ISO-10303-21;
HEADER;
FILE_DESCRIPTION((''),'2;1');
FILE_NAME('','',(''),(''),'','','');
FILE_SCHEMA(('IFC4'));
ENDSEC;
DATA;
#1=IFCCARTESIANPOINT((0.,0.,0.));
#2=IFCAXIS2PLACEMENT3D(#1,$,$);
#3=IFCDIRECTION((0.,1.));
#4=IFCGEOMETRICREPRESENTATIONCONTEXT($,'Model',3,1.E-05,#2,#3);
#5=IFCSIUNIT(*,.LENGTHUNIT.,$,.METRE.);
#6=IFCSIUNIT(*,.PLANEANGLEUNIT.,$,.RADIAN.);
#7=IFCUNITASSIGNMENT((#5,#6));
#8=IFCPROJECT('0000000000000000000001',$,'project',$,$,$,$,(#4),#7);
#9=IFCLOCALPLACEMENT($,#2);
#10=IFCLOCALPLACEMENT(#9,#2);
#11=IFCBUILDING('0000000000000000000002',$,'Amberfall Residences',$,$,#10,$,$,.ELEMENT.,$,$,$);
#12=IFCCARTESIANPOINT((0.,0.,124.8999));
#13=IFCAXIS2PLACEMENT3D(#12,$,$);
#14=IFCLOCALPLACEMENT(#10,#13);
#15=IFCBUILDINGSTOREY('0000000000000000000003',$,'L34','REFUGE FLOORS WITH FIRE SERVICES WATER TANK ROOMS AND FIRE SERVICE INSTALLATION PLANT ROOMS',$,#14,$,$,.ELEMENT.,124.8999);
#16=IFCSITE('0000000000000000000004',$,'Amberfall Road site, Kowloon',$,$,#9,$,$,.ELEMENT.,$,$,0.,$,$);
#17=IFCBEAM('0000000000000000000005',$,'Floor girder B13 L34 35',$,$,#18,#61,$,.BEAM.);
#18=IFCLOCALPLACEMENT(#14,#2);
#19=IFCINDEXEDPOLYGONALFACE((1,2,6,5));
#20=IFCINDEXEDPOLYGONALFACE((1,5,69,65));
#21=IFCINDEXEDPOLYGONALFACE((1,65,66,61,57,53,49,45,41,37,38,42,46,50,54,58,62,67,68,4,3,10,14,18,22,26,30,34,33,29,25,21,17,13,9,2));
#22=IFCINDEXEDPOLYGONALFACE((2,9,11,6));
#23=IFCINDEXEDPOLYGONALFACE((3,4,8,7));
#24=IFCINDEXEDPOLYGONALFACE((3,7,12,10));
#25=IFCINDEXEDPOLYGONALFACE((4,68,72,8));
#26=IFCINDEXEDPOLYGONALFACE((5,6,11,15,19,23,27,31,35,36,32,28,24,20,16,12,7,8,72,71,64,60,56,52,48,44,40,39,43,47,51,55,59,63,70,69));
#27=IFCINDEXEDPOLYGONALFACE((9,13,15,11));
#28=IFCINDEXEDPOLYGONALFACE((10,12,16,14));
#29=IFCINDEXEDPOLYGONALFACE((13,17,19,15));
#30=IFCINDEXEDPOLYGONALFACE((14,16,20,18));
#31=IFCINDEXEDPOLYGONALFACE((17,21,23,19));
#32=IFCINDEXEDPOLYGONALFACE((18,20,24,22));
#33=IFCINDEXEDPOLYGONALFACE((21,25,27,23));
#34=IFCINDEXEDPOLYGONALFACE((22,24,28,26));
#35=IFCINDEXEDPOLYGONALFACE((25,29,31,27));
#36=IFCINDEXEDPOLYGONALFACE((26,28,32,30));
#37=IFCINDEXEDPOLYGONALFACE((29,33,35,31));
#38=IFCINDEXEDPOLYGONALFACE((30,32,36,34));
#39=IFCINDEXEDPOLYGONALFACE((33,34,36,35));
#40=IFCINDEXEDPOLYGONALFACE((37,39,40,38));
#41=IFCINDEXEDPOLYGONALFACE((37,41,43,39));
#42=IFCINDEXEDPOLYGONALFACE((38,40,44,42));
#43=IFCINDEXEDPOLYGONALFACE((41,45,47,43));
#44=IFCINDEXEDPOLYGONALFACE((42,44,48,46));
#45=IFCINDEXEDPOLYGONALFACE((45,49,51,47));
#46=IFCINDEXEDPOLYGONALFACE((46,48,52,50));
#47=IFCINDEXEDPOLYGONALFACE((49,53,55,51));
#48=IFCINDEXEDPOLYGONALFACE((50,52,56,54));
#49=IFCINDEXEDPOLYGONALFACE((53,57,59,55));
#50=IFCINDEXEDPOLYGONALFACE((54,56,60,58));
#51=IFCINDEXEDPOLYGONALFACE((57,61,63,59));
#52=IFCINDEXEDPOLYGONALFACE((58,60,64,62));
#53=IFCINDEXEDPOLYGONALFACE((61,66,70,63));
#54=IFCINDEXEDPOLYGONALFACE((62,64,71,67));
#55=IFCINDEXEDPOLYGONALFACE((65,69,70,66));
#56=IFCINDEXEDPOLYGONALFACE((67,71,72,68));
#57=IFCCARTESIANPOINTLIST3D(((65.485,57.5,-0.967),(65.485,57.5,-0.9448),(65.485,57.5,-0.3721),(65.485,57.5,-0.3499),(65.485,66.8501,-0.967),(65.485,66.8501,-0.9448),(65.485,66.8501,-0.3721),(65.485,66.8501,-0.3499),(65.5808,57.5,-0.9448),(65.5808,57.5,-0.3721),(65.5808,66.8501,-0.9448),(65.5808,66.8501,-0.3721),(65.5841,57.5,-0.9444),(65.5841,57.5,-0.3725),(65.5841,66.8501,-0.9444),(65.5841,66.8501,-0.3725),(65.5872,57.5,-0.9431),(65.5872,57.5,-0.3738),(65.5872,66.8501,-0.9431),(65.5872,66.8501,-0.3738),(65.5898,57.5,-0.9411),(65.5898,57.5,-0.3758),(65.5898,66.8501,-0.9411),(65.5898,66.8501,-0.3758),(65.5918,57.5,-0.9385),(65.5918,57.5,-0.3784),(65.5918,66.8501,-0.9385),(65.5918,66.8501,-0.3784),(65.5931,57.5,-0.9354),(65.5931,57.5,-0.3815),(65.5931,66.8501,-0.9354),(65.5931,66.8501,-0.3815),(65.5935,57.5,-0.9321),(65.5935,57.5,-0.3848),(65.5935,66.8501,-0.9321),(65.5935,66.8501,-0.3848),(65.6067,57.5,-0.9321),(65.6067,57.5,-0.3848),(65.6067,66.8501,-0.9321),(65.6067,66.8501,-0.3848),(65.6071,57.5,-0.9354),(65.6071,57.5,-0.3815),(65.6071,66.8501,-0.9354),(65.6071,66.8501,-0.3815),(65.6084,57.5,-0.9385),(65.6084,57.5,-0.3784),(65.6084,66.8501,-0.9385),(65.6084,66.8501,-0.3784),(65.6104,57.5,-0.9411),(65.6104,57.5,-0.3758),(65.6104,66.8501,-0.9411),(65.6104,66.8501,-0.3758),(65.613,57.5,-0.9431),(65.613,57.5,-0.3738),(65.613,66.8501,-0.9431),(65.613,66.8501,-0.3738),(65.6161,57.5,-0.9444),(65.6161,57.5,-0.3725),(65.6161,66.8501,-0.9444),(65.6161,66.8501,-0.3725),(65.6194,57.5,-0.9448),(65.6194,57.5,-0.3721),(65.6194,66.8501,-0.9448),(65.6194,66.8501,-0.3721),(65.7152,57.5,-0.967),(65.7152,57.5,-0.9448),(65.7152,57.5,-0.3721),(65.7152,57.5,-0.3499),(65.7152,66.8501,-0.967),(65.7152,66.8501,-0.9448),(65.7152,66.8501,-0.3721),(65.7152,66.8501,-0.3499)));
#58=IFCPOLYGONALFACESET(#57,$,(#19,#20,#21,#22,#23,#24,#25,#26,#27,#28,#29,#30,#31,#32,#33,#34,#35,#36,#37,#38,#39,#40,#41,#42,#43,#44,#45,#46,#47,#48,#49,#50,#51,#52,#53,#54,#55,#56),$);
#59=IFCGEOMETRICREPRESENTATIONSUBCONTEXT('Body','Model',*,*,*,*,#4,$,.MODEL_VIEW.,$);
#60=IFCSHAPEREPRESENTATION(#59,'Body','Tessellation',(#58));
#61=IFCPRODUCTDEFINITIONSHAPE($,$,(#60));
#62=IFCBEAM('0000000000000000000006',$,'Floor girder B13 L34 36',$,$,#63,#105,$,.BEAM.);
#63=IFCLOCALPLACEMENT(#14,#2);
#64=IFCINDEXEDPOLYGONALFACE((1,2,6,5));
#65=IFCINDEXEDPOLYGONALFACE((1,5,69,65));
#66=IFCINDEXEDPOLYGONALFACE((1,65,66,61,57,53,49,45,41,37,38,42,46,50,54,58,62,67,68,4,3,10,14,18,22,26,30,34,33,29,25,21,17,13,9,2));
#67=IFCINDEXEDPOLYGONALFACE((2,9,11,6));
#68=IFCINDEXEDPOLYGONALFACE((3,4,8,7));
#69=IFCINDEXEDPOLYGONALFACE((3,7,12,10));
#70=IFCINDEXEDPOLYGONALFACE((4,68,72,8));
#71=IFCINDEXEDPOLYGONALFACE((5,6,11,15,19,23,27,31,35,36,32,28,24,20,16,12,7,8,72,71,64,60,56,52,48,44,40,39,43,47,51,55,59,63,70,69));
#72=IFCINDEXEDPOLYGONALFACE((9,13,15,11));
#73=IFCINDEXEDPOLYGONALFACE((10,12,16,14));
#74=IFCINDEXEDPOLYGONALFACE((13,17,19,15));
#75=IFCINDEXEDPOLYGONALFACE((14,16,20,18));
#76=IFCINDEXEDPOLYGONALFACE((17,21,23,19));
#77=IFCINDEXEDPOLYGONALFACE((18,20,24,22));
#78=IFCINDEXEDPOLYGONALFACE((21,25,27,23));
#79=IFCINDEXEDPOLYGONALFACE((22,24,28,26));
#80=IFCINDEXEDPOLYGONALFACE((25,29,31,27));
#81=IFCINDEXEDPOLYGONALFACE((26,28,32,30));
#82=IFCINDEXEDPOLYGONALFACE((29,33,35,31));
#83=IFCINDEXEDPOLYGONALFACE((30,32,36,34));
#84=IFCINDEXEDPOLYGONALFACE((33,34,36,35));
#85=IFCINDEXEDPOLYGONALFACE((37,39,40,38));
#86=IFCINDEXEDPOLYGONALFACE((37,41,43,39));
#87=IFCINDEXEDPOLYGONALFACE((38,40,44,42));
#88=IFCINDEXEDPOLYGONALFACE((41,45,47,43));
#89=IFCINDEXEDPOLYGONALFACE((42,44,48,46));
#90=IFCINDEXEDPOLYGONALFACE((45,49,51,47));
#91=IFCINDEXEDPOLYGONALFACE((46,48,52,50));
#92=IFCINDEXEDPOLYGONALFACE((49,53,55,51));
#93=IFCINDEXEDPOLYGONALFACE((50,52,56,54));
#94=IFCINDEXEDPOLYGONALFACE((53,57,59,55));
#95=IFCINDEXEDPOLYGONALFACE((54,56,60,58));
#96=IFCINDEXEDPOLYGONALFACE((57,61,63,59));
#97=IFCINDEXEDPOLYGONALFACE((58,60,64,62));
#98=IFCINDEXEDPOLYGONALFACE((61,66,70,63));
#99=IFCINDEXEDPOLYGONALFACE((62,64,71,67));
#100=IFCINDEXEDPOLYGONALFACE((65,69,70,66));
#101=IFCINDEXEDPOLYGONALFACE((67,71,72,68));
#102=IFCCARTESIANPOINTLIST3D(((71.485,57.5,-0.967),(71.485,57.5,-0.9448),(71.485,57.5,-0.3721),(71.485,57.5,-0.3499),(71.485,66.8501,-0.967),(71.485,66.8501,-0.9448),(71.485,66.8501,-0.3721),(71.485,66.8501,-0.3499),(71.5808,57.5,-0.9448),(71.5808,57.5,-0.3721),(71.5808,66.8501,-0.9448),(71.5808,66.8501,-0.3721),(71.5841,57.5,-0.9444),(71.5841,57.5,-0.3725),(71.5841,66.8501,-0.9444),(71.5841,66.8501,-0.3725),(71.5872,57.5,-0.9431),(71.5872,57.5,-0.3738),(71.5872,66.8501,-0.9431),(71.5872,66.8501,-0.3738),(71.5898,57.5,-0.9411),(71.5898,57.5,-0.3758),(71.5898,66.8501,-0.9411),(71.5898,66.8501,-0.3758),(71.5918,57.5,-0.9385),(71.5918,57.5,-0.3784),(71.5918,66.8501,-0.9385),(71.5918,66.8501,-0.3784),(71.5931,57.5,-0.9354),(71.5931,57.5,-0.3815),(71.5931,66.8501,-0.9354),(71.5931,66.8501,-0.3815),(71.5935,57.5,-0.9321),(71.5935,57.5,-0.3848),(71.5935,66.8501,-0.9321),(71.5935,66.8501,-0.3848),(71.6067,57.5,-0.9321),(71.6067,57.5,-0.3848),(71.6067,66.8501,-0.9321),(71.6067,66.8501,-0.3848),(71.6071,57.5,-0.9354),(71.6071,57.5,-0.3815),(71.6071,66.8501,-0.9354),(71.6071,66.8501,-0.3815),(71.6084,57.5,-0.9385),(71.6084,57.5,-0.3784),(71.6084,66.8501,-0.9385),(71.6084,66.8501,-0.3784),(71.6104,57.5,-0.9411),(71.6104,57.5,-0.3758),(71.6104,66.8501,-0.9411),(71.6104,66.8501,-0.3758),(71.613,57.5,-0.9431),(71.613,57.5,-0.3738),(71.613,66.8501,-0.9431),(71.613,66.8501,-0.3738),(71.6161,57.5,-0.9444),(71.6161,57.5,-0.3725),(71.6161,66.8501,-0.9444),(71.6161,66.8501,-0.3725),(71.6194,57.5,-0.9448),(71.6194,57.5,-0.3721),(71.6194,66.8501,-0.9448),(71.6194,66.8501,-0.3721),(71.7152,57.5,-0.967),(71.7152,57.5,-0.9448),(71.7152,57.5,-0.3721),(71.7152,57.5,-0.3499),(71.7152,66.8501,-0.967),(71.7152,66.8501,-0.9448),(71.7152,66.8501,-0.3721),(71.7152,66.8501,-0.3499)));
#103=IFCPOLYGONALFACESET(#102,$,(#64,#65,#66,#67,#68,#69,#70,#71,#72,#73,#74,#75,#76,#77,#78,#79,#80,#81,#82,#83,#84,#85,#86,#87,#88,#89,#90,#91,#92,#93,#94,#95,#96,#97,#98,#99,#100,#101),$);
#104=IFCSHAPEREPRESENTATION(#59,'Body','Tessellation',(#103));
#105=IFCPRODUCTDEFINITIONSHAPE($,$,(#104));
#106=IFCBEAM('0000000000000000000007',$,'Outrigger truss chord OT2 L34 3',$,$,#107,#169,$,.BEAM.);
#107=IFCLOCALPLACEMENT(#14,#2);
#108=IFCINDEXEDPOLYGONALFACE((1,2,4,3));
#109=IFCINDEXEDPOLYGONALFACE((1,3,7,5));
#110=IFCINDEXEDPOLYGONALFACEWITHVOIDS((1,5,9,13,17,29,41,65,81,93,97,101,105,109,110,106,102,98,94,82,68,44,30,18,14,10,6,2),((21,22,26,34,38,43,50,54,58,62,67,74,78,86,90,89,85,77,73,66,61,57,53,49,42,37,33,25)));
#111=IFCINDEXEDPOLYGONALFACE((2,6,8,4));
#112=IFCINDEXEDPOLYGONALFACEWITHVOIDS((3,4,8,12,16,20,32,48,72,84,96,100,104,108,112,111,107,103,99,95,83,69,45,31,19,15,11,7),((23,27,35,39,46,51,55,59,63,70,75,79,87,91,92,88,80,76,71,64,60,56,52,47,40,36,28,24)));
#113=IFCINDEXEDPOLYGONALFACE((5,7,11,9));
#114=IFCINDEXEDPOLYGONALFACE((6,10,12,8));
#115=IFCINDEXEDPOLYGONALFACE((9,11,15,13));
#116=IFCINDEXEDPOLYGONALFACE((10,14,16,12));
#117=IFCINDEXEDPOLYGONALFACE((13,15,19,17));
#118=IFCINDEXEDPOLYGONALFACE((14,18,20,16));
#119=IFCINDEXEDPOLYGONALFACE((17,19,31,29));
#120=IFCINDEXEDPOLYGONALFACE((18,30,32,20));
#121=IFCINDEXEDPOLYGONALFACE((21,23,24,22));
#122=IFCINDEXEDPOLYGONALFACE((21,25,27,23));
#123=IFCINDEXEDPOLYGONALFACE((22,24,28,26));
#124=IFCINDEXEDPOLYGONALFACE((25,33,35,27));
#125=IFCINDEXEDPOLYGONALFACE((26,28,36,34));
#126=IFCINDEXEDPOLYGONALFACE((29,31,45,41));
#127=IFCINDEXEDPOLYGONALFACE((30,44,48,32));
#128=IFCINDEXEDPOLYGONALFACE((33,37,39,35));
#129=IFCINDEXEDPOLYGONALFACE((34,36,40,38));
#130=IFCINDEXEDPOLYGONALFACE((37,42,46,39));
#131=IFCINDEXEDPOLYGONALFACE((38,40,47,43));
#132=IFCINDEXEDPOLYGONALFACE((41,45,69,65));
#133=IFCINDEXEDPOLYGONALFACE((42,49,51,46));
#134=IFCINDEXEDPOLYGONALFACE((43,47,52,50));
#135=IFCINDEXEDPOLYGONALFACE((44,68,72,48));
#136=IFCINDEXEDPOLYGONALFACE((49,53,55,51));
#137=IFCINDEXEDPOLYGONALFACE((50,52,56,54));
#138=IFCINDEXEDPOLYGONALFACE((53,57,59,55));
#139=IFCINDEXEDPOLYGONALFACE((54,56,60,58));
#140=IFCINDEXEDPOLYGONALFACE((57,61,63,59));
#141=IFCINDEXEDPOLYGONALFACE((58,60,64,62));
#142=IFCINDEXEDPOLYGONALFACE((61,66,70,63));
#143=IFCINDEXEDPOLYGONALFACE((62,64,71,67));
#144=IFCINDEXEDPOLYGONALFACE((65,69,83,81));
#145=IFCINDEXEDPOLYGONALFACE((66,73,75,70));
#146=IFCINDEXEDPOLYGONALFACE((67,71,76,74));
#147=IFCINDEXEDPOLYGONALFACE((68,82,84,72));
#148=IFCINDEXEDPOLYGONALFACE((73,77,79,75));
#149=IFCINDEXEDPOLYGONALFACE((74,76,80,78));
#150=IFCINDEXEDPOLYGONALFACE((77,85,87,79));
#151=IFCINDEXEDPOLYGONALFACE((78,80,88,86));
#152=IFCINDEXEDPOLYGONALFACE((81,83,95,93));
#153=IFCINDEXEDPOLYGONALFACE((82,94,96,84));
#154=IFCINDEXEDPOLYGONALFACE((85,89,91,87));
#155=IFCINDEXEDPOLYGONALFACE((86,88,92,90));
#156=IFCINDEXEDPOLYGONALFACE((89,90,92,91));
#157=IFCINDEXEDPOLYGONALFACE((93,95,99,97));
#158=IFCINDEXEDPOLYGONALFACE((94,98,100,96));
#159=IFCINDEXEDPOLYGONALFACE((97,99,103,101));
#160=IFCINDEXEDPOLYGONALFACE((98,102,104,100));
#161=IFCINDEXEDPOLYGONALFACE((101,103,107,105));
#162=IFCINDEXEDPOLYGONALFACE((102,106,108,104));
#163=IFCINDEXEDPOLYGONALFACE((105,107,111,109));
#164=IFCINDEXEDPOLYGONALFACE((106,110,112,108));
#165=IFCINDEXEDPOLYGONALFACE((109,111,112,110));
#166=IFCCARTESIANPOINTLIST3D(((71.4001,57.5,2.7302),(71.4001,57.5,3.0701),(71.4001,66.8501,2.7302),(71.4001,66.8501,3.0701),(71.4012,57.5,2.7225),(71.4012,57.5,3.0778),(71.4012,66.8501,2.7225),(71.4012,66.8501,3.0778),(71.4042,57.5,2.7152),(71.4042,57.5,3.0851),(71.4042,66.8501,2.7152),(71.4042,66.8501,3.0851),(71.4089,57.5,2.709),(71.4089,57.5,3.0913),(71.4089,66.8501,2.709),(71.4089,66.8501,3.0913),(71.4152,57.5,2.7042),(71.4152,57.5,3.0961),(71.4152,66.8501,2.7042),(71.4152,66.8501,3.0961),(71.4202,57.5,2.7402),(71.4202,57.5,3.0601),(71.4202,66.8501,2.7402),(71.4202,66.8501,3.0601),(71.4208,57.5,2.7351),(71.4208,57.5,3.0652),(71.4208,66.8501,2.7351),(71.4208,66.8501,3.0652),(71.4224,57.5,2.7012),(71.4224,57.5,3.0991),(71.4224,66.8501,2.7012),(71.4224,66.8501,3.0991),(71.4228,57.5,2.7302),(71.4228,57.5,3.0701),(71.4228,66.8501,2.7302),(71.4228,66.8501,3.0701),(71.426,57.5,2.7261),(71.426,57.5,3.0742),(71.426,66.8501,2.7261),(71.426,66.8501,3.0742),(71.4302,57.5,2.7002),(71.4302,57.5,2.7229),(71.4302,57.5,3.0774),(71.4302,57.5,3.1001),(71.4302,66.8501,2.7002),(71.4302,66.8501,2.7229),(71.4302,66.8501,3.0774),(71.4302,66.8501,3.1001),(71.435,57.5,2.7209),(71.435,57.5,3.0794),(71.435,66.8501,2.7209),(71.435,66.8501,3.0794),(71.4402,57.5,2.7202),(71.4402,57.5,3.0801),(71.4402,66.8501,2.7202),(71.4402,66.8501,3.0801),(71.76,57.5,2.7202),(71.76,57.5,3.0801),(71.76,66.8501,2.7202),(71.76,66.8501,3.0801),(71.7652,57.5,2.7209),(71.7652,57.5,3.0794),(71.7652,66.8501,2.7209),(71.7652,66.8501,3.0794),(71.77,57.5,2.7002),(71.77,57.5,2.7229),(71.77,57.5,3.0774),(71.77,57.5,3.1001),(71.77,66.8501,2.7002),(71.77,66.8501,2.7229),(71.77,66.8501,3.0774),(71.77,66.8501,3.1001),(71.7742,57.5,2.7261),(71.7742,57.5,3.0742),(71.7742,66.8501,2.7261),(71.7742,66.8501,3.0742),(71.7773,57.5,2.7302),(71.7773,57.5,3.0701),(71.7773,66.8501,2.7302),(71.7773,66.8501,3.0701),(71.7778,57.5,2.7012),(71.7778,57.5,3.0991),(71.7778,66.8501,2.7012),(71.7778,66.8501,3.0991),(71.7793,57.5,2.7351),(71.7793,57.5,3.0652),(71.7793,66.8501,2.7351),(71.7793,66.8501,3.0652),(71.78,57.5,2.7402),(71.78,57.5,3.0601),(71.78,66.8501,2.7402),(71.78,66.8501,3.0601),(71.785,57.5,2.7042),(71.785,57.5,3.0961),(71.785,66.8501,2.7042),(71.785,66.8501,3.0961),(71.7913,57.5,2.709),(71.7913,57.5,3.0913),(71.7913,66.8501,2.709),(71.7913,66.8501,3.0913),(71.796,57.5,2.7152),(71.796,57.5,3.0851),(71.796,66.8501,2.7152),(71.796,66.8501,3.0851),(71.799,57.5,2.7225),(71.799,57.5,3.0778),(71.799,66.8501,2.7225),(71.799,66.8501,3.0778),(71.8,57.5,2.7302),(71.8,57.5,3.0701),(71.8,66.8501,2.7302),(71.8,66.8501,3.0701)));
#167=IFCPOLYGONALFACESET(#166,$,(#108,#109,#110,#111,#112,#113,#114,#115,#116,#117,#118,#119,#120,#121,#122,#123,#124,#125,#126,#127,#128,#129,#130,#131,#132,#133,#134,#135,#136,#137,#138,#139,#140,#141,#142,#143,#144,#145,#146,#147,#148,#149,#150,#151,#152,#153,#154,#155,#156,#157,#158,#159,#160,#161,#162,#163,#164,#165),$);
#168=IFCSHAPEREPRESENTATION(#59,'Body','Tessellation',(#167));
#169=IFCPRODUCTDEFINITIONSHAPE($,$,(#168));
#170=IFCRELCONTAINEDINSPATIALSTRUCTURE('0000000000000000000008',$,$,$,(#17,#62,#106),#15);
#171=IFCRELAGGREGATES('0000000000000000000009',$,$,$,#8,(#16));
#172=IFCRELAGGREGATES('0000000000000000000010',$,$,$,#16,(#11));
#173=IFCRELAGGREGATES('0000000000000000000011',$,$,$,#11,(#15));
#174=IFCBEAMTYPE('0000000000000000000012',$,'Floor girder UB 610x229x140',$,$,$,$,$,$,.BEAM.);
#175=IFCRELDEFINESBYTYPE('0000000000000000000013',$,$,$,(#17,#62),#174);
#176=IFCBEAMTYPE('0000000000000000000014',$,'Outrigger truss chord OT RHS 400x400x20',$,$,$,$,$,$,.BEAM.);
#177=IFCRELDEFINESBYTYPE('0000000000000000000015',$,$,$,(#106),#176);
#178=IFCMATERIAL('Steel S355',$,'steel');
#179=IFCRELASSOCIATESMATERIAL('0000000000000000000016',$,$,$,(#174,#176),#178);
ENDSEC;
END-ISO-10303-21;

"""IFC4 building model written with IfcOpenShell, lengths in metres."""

from ifc_helpers import new_model, si_unit, direction, frame, origin, origin_2d, place, context, subcontext, project, spatial, hollow_rectangle, i_section, extrude, material, material_profile, profile_set, type_object, element, save


model = new_model("IFC4")

# Units and contexts
model_context = context("Model", 3, precision=1e-05, world=origin(), true_north=direction((0.0, 1.0)))
body_context = subcontext(model_context, "Body", "Model", "MODEL_VIEW")
ifc_project = project(units=[si_unit("LENGTHUNIT", "METRE"), si_unit("PLANEANGLEUNIT", "RADIAN")], contexts=[model_context])

# Site, building, storey
site_placement = place(None, origin())
site = spatial("IfcSite", under=ifc_project, at=site_placement, Name="Amberfall Road site, Kowloon", CompositionType="ELEMENT", RefElevation=0.0)
building_placement = place(site_placement, origin())
building = spatial("IfcBuilding", under=site, at=building_placement, Name="Amberfall Residences", CompositionType="ELEMENT")
storey_placement = place(building_placement, frame((0.0, 0.0, 124.8999)))
storey = spatial("IfcBuildingStorey", under=building, at=storey_placement, Name="L34", Description="REFUGE FLOORS WITH FIRE SERVICES WATER TANK ROOMS AND FIRE SERVICE INSTALLATION PLANT ROOMS", CompositionType="ELEMENT", Elevation=124.8999)

# Shared definitions
ifc_material_1 = material(Name="Steel S355", Category="steel")

# Beams
ifc_material_profile_1 = material_profile(ifc_material_1, i_section(OverallWidth=0.2302, OverallDepth=0.6172, WebThickness=0.0132, FlangeThickness=0.0222, FilletRadius=0.0127, at=origin_2d()), Name="UB 610x229x140")
ifc_profile_set_1 = profile_set([ifc_material_profile_1], Name="Steel S355")
beam_type_1 = type_object("IfcBeamType", Name="Floor girder UB 610x229x140", PredefinedType="BEAM", material=ifc_profile_set_1)
for number, where, z_axis, x_axis, name in (
    (1, (65.6001, 66.8501, -0.6584), (0.0, -1.0, 0.0), (1.0, 0.0, 0.0), "Floor girder B13 L34 35"),
    (2, (71.6001, 66.8501, -0.6584), (0.0, -1.0, 0.0), (1.0, 0.0, 0.0), "Floor girder B13 L34 36"),
):
    element("IfcBeam", number, at=place(storey_placement, frame(where, z_axis=z_axis, x_axis=x_axis)), inside=storey, type_object=beam_type_1, Name=name, PredefinedType="BEAM", context=body_context, shape_type="SweptSolid", body=[
        extrude(i_section(OverallWidth=0.2302, OverallDepth=0.6172, WebThickness=0.0132, FlangeThickness=0.0222, FilletRadius=0.0127, at=origin_2d()), origin(), (0.0, 0.0, 1.0), 9.3501),
    ])
ifc_material_profile_2 = material_profile(ifc_material_1, hollow_rectangle(XDim=0.3999, YDim=0.3999, WallThickness=0.02, InnerFilletRadius=0.02, OuterFilletRadius=0.03, at=origin_2d()), Name="RHS 400x400x20")
ifc_profile_set_2 = profile_set([ifc_material_profile_2], Name="Steel S355")
beam_type_2 = type_object("IfcBeamType", Name="Outrigger truss chord OT RHS 400x400x20", PredefinedType="BEAM", material=ifc_profile_set_2)
for number, where, z_axis, x_axis, name in (
    (3, (71.6001, 66.8501, 2.9001), (0.0, -1.0, 0.0), (1.0, 0.0, 0.0), "Outrigger truss chord OT2 L34 3"),
):
    element("IfcBeam", number, at=place(storey_placement, frame(where, z_axis=z_axis, x_axis=x_axis)), inside=storey, type_object=beam_type_2, Name=name, PredefinedType="BEAM", context=body_context, shape_type="SweptSolid", body=[
        extrude(hollow_rectangle(XDim=0.3999, YDim=0.3999, WallThickness=0.02, InnerFilletRadius=0.02, OuterFilletRadius=0.03, at=origin_2d()), origin(), (0.0, 0.0, 1.0), 9.3501),
    ])

save(model, "model.ifc")
